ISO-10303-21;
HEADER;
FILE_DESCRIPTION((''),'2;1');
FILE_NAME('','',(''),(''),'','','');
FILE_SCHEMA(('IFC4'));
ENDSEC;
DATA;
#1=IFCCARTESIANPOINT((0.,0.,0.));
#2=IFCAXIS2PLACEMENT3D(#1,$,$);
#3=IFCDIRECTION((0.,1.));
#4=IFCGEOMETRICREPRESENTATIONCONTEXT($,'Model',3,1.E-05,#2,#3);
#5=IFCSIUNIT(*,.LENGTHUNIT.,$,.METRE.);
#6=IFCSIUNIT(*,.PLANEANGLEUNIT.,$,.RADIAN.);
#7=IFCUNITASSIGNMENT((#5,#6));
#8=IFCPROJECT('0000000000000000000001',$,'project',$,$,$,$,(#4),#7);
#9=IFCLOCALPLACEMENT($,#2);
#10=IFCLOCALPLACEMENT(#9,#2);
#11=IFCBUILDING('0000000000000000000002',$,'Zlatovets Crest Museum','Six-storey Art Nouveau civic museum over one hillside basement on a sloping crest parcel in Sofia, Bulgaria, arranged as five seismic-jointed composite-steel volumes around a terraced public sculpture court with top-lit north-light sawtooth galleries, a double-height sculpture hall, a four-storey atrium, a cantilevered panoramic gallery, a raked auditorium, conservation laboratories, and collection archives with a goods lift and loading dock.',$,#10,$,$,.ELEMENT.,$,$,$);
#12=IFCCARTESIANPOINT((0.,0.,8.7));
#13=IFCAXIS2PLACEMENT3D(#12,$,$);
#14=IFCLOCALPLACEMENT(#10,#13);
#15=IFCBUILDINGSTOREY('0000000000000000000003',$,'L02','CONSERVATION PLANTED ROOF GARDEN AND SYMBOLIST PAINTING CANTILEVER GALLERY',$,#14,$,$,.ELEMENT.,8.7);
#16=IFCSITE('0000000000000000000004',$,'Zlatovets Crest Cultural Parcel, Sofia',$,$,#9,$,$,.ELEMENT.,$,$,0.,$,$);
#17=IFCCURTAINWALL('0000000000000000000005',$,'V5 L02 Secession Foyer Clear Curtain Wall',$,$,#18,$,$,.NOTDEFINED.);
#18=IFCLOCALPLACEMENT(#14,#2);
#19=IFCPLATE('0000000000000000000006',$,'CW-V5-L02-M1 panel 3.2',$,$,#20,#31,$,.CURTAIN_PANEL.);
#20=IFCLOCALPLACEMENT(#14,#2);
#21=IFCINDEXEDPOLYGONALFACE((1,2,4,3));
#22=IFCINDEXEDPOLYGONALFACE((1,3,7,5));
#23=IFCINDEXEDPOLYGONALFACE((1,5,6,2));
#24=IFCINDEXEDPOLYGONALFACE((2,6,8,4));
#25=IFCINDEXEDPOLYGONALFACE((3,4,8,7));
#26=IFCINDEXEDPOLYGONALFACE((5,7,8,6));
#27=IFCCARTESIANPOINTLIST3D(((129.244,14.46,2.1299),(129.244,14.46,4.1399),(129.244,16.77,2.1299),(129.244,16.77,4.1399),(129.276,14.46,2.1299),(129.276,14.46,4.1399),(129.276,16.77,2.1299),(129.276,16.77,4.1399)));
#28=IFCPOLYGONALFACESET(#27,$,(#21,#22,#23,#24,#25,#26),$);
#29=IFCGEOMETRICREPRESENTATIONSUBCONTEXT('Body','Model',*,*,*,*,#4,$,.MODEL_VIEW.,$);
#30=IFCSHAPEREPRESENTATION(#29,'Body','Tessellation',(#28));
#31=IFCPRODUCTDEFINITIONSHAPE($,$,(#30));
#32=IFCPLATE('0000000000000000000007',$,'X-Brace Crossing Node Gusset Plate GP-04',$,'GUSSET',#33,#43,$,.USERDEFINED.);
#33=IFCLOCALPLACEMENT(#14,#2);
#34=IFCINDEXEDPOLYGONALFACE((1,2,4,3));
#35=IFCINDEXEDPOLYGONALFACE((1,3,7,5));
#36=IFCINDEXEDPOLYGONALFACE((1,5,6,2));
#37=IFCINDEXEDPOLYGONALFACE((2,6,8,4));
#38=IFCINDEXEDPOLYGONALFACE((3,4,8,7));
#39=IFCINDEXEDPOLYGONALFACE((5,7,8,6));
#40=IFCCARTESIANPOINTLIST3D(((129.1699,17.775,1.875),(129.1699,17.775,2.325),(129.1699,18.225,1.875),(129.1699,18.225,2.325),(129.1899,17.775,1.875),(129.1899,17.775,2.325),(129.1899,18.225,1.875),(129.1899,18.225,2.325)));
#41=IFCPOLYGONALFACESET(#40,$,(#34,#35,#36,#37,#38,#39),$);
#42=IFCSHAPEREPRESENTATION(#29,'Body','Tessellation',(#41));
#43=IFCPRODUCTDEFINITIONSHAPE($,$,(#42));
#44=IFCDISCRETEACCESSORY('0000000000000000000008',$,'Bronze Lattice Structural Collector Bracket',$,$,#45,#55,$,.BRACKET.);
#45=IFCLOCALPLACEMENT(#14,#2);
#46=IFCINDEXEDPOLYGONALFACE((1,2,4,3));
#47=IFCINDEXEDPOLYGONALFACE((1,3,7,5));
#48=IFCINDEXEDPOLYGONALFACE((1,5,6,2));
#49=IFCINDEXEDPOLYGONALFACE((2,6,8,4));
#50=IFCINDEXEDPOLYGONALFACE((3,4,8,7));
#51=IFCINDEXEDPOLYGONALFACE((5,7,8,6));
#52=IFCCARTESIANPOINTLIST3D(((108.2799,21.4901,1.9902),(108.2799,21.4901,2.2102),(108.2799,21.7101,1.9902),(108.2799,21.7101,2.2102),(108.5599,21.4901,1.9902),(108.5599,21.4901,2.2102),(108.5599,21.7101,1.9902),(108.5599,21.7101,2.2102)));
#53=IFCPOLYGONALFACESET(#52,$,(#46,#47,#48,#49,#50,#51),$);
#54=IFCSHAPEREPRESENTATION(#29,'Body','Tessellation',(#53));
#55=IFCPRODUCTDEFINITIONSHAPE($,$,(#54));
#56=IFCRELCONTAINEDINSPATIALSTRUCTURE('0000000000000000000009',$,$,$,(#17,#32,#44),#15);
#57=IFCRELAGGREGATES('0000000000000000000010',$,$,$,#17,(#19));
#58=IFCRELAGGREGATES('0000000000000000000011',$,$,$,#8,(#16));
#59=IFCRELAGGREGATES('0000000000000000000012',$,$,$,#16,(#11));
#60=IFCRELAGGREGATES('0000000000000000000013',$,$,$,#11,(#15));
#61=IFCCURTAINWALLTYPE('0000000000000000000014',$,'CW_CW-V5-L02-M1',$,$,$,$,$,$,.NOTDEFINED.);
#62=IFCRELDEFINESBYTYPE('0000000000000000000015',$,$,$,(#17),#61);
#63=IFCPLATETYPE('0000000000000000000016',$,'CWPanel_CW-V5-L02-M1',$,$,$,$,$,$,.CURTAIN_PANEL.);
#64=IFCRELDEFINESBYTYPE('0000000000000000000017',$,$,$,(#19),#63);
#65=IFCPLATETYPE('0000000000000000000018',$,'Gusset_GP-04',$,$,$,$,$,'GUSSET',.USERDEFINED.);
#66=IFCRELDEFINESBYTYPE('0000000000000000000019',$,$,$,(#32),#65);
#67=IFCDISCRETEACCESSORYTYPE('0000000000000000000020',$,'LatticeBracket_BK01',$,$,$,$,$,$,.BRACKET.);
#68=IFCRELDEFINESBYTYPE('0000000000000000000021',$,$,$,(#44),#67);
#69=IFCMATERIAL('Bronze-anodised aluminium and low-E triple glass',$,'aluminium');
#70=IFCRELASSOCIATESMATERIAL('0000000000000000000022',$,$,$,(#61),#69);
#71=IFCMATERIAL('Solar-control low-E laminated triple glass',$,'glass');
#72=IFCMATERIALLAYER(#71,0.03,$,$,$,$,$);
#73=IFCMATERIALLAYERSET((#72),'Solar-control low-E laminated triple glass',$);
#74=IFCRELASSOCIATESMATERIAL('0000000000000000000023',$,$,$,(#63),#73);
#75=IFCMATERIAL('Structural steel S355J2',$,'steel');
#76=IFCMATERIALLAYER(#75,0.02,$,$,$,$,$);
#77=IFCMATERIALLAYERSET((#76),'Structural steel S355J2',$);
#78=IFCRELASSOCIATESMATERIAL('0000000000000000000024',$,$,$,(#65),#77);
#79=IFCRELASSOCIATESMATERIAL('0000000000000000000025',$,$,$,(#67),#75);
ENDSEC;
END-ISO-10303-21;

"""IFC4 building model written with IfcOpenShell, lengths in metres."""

from ifc_helpers import new_model, si_unit, direction, frame, origin, origin_2d, place, context, subcontext, project, spatial, rectangle, extrude, material, layer, layer_set, type_object, element, aggregate, save


model = new_model("IFC4")

# Units and contexts
model_context = context("Model", 3, precision=1e-05, world=origin(), true_north=direction((0.0, 1.0)))
body_context = subcontext(model_context, "Body", "Model", "MODEL_VIEW")
ifc_project = project(units=[si_unit("LENGTHUNIT", "METRE"), si_unit("PLANEANGLEUNIT", "RADIAN")], contexts=[model_context])

# Site, building, storey
site_placement = place(None, origin())
site = spatial("IfcSite", under=ifc_project, at=site_placement, Name="Zlatovets Crest Cultural Parcel, Sofia", CompositionType="ELEMENT", RefElevation=0.0)
building_placement = place(site_placement, origin())
building = spatial("IfcBuilding", under=site, at=building_placement, Name="Zlatovets Crest Museum", Description="Six-storey Art Nouveau civic museum over one hillside basement on a sloping crest parcel in Sofia, Bulgaria, arranged as five seismic-jointed composite-steel volumes around a terraced public sculpture court with top-lit north-light sawtooth galleries, a double-height sculpture hall, a four-storey atrium, a cantilevered panoramic gallery, a raked auditorium, conservation laboratories, and collection archives with a goods lift and loading dock.", CompositionType="ELEMENT")
storey_placement = place(building_placement, frame((0.0, 0.0, 8.7)))
storey = spatial("IfcBuildingStorey", under=building, at=storey_placement, Name="L02", Description="CONSERVATION PLANTED ROOF GARDEN AND SYMBOLIST PAINTING CANTILEVER GALLERY", CompositionType="ELEMENT", Elevation=8.7)

# Curtain wall
ifc_material_1 = material(Name="Bronze-anodised aluminium and low-E triple glass", Category="aluminium")
curtain_wall_type_1 = type_object("IfcCurtainWallType", Name="CW_CW-V5-L02-M1", PredefinedType="NOTDEFINED", material=ifc_material_1)
curtain_wall_1_placement = place(storey_placement, origin())
curtain_wall_1 = element("IfcCurtainWall", 1, at=curtain_wall_1_placement, inside=storey, type_object=curtain_wall_type_1, Name="V5 L02 Secession Foyer Clear Curtain Wall", PredefinedType="NOTDEFINED")

# Plates
ifc_material_2 = material(Name="Solar-control low-E laminated triple glass", Category="glass")
ifc_layer_1 = layer(ifc_material_2, 0.03)
ifc_layer_set_1 = layer_set([ifc_layer_1], Name="Solar-control low-E laminated triple glass")
plate_type_1 = type_object("IfcPlateType", Name="CWPanel_CW-V5-L02-M1", PredefinedType="CURTAIN_PANEL", material=ifc_layer_set_1)
plate_1_placement = place(storey_placement, frame((129.26, 15.615, 2.1299), z_axis=(0.0, 0.0, 1.0), x_axis=(0.0, -1.0, 0.0)))
plate_1 = element("IfcPlate", 2, at=plate_1_placement, type_object=plate_type_1, Name="CW-V5-L02-M1 panel 3.2", PredefinedType="CURTAIN_PANEL", context=body_context, shape_type="SweptSolid", body=[
    extrude(rectangle(XDim=2.3101, YDim=0.032, at=origin_2d()), origin(), (0.0, 0.0, 1.0), 2.01),
])
aggregate(curtain_wall_1, [plate_1])
ifc_material_3 = material(Name="Structural steel S355J2", Category="steel")
ifc_layer_2 = layer(ifc_material_3, 0.02)
ifc_layer_set_2 = layer_set([ifc_layer_2], Name="Structural steel S355J2")
plate_type_2 = type_object("IfcPlateType", Name="Gusset_GP-04", ElementType="GUSSET", PredefinedType="USERDEFINED", material=ifc_layer_set_2)
plate_2_placement = place(storey_placement, frame((129.1799, 18.0, 1.875), z_axis=(0.0, 0.0, 1.0), x_axis=(1.0, 0.0, 0.0)))
element("IfcPlate", 3, at=plate_2_placement, inside=storey, type_object=plate_type_2, Name="X-Brace Crossing Node Gusset Plate GP-04", ObjectType="GUSSET", PredefinedType="USERDEFINED", context=body_context, shape_type="SweptSolid", body=[
    extrude(rectangle(XDim=0.02, YDim=0.45, at=origin_2d()), origin(), (0.0, 0.0, 1.0), 0.45),
])

# Discrete accessory
discrete_accessory_type = type_object("IfcDiscreteAccessoryType", Name="LatticeBracket_BK01", PredefinedType="BRACKET", material=ifc_material_3)
discrete_accessory_placement = place(storey_placement, frame((108.4199, 21.6001, 1.9902), z_axis=(0.0, 0.0, 1.0), x_axis=(1.0, 0.0, 0.0)))
element("IfcDiscreteAccessory", 4, at=discrete_accessory_placement, inside=storey, type_object=discrete_accessory_type, Name="Bronze Lattice Structural Collector Bracket", PredefinedType="BRACKET", context=body_context, shape_type="SweptSolid", body=[
    extrude(rectangle(XDim=0.28, YDim=0.22, at=origin_2d()), origin(), (0.0, 0.0, 1.0), 0.22),
])

save(model, "model.ifc")
